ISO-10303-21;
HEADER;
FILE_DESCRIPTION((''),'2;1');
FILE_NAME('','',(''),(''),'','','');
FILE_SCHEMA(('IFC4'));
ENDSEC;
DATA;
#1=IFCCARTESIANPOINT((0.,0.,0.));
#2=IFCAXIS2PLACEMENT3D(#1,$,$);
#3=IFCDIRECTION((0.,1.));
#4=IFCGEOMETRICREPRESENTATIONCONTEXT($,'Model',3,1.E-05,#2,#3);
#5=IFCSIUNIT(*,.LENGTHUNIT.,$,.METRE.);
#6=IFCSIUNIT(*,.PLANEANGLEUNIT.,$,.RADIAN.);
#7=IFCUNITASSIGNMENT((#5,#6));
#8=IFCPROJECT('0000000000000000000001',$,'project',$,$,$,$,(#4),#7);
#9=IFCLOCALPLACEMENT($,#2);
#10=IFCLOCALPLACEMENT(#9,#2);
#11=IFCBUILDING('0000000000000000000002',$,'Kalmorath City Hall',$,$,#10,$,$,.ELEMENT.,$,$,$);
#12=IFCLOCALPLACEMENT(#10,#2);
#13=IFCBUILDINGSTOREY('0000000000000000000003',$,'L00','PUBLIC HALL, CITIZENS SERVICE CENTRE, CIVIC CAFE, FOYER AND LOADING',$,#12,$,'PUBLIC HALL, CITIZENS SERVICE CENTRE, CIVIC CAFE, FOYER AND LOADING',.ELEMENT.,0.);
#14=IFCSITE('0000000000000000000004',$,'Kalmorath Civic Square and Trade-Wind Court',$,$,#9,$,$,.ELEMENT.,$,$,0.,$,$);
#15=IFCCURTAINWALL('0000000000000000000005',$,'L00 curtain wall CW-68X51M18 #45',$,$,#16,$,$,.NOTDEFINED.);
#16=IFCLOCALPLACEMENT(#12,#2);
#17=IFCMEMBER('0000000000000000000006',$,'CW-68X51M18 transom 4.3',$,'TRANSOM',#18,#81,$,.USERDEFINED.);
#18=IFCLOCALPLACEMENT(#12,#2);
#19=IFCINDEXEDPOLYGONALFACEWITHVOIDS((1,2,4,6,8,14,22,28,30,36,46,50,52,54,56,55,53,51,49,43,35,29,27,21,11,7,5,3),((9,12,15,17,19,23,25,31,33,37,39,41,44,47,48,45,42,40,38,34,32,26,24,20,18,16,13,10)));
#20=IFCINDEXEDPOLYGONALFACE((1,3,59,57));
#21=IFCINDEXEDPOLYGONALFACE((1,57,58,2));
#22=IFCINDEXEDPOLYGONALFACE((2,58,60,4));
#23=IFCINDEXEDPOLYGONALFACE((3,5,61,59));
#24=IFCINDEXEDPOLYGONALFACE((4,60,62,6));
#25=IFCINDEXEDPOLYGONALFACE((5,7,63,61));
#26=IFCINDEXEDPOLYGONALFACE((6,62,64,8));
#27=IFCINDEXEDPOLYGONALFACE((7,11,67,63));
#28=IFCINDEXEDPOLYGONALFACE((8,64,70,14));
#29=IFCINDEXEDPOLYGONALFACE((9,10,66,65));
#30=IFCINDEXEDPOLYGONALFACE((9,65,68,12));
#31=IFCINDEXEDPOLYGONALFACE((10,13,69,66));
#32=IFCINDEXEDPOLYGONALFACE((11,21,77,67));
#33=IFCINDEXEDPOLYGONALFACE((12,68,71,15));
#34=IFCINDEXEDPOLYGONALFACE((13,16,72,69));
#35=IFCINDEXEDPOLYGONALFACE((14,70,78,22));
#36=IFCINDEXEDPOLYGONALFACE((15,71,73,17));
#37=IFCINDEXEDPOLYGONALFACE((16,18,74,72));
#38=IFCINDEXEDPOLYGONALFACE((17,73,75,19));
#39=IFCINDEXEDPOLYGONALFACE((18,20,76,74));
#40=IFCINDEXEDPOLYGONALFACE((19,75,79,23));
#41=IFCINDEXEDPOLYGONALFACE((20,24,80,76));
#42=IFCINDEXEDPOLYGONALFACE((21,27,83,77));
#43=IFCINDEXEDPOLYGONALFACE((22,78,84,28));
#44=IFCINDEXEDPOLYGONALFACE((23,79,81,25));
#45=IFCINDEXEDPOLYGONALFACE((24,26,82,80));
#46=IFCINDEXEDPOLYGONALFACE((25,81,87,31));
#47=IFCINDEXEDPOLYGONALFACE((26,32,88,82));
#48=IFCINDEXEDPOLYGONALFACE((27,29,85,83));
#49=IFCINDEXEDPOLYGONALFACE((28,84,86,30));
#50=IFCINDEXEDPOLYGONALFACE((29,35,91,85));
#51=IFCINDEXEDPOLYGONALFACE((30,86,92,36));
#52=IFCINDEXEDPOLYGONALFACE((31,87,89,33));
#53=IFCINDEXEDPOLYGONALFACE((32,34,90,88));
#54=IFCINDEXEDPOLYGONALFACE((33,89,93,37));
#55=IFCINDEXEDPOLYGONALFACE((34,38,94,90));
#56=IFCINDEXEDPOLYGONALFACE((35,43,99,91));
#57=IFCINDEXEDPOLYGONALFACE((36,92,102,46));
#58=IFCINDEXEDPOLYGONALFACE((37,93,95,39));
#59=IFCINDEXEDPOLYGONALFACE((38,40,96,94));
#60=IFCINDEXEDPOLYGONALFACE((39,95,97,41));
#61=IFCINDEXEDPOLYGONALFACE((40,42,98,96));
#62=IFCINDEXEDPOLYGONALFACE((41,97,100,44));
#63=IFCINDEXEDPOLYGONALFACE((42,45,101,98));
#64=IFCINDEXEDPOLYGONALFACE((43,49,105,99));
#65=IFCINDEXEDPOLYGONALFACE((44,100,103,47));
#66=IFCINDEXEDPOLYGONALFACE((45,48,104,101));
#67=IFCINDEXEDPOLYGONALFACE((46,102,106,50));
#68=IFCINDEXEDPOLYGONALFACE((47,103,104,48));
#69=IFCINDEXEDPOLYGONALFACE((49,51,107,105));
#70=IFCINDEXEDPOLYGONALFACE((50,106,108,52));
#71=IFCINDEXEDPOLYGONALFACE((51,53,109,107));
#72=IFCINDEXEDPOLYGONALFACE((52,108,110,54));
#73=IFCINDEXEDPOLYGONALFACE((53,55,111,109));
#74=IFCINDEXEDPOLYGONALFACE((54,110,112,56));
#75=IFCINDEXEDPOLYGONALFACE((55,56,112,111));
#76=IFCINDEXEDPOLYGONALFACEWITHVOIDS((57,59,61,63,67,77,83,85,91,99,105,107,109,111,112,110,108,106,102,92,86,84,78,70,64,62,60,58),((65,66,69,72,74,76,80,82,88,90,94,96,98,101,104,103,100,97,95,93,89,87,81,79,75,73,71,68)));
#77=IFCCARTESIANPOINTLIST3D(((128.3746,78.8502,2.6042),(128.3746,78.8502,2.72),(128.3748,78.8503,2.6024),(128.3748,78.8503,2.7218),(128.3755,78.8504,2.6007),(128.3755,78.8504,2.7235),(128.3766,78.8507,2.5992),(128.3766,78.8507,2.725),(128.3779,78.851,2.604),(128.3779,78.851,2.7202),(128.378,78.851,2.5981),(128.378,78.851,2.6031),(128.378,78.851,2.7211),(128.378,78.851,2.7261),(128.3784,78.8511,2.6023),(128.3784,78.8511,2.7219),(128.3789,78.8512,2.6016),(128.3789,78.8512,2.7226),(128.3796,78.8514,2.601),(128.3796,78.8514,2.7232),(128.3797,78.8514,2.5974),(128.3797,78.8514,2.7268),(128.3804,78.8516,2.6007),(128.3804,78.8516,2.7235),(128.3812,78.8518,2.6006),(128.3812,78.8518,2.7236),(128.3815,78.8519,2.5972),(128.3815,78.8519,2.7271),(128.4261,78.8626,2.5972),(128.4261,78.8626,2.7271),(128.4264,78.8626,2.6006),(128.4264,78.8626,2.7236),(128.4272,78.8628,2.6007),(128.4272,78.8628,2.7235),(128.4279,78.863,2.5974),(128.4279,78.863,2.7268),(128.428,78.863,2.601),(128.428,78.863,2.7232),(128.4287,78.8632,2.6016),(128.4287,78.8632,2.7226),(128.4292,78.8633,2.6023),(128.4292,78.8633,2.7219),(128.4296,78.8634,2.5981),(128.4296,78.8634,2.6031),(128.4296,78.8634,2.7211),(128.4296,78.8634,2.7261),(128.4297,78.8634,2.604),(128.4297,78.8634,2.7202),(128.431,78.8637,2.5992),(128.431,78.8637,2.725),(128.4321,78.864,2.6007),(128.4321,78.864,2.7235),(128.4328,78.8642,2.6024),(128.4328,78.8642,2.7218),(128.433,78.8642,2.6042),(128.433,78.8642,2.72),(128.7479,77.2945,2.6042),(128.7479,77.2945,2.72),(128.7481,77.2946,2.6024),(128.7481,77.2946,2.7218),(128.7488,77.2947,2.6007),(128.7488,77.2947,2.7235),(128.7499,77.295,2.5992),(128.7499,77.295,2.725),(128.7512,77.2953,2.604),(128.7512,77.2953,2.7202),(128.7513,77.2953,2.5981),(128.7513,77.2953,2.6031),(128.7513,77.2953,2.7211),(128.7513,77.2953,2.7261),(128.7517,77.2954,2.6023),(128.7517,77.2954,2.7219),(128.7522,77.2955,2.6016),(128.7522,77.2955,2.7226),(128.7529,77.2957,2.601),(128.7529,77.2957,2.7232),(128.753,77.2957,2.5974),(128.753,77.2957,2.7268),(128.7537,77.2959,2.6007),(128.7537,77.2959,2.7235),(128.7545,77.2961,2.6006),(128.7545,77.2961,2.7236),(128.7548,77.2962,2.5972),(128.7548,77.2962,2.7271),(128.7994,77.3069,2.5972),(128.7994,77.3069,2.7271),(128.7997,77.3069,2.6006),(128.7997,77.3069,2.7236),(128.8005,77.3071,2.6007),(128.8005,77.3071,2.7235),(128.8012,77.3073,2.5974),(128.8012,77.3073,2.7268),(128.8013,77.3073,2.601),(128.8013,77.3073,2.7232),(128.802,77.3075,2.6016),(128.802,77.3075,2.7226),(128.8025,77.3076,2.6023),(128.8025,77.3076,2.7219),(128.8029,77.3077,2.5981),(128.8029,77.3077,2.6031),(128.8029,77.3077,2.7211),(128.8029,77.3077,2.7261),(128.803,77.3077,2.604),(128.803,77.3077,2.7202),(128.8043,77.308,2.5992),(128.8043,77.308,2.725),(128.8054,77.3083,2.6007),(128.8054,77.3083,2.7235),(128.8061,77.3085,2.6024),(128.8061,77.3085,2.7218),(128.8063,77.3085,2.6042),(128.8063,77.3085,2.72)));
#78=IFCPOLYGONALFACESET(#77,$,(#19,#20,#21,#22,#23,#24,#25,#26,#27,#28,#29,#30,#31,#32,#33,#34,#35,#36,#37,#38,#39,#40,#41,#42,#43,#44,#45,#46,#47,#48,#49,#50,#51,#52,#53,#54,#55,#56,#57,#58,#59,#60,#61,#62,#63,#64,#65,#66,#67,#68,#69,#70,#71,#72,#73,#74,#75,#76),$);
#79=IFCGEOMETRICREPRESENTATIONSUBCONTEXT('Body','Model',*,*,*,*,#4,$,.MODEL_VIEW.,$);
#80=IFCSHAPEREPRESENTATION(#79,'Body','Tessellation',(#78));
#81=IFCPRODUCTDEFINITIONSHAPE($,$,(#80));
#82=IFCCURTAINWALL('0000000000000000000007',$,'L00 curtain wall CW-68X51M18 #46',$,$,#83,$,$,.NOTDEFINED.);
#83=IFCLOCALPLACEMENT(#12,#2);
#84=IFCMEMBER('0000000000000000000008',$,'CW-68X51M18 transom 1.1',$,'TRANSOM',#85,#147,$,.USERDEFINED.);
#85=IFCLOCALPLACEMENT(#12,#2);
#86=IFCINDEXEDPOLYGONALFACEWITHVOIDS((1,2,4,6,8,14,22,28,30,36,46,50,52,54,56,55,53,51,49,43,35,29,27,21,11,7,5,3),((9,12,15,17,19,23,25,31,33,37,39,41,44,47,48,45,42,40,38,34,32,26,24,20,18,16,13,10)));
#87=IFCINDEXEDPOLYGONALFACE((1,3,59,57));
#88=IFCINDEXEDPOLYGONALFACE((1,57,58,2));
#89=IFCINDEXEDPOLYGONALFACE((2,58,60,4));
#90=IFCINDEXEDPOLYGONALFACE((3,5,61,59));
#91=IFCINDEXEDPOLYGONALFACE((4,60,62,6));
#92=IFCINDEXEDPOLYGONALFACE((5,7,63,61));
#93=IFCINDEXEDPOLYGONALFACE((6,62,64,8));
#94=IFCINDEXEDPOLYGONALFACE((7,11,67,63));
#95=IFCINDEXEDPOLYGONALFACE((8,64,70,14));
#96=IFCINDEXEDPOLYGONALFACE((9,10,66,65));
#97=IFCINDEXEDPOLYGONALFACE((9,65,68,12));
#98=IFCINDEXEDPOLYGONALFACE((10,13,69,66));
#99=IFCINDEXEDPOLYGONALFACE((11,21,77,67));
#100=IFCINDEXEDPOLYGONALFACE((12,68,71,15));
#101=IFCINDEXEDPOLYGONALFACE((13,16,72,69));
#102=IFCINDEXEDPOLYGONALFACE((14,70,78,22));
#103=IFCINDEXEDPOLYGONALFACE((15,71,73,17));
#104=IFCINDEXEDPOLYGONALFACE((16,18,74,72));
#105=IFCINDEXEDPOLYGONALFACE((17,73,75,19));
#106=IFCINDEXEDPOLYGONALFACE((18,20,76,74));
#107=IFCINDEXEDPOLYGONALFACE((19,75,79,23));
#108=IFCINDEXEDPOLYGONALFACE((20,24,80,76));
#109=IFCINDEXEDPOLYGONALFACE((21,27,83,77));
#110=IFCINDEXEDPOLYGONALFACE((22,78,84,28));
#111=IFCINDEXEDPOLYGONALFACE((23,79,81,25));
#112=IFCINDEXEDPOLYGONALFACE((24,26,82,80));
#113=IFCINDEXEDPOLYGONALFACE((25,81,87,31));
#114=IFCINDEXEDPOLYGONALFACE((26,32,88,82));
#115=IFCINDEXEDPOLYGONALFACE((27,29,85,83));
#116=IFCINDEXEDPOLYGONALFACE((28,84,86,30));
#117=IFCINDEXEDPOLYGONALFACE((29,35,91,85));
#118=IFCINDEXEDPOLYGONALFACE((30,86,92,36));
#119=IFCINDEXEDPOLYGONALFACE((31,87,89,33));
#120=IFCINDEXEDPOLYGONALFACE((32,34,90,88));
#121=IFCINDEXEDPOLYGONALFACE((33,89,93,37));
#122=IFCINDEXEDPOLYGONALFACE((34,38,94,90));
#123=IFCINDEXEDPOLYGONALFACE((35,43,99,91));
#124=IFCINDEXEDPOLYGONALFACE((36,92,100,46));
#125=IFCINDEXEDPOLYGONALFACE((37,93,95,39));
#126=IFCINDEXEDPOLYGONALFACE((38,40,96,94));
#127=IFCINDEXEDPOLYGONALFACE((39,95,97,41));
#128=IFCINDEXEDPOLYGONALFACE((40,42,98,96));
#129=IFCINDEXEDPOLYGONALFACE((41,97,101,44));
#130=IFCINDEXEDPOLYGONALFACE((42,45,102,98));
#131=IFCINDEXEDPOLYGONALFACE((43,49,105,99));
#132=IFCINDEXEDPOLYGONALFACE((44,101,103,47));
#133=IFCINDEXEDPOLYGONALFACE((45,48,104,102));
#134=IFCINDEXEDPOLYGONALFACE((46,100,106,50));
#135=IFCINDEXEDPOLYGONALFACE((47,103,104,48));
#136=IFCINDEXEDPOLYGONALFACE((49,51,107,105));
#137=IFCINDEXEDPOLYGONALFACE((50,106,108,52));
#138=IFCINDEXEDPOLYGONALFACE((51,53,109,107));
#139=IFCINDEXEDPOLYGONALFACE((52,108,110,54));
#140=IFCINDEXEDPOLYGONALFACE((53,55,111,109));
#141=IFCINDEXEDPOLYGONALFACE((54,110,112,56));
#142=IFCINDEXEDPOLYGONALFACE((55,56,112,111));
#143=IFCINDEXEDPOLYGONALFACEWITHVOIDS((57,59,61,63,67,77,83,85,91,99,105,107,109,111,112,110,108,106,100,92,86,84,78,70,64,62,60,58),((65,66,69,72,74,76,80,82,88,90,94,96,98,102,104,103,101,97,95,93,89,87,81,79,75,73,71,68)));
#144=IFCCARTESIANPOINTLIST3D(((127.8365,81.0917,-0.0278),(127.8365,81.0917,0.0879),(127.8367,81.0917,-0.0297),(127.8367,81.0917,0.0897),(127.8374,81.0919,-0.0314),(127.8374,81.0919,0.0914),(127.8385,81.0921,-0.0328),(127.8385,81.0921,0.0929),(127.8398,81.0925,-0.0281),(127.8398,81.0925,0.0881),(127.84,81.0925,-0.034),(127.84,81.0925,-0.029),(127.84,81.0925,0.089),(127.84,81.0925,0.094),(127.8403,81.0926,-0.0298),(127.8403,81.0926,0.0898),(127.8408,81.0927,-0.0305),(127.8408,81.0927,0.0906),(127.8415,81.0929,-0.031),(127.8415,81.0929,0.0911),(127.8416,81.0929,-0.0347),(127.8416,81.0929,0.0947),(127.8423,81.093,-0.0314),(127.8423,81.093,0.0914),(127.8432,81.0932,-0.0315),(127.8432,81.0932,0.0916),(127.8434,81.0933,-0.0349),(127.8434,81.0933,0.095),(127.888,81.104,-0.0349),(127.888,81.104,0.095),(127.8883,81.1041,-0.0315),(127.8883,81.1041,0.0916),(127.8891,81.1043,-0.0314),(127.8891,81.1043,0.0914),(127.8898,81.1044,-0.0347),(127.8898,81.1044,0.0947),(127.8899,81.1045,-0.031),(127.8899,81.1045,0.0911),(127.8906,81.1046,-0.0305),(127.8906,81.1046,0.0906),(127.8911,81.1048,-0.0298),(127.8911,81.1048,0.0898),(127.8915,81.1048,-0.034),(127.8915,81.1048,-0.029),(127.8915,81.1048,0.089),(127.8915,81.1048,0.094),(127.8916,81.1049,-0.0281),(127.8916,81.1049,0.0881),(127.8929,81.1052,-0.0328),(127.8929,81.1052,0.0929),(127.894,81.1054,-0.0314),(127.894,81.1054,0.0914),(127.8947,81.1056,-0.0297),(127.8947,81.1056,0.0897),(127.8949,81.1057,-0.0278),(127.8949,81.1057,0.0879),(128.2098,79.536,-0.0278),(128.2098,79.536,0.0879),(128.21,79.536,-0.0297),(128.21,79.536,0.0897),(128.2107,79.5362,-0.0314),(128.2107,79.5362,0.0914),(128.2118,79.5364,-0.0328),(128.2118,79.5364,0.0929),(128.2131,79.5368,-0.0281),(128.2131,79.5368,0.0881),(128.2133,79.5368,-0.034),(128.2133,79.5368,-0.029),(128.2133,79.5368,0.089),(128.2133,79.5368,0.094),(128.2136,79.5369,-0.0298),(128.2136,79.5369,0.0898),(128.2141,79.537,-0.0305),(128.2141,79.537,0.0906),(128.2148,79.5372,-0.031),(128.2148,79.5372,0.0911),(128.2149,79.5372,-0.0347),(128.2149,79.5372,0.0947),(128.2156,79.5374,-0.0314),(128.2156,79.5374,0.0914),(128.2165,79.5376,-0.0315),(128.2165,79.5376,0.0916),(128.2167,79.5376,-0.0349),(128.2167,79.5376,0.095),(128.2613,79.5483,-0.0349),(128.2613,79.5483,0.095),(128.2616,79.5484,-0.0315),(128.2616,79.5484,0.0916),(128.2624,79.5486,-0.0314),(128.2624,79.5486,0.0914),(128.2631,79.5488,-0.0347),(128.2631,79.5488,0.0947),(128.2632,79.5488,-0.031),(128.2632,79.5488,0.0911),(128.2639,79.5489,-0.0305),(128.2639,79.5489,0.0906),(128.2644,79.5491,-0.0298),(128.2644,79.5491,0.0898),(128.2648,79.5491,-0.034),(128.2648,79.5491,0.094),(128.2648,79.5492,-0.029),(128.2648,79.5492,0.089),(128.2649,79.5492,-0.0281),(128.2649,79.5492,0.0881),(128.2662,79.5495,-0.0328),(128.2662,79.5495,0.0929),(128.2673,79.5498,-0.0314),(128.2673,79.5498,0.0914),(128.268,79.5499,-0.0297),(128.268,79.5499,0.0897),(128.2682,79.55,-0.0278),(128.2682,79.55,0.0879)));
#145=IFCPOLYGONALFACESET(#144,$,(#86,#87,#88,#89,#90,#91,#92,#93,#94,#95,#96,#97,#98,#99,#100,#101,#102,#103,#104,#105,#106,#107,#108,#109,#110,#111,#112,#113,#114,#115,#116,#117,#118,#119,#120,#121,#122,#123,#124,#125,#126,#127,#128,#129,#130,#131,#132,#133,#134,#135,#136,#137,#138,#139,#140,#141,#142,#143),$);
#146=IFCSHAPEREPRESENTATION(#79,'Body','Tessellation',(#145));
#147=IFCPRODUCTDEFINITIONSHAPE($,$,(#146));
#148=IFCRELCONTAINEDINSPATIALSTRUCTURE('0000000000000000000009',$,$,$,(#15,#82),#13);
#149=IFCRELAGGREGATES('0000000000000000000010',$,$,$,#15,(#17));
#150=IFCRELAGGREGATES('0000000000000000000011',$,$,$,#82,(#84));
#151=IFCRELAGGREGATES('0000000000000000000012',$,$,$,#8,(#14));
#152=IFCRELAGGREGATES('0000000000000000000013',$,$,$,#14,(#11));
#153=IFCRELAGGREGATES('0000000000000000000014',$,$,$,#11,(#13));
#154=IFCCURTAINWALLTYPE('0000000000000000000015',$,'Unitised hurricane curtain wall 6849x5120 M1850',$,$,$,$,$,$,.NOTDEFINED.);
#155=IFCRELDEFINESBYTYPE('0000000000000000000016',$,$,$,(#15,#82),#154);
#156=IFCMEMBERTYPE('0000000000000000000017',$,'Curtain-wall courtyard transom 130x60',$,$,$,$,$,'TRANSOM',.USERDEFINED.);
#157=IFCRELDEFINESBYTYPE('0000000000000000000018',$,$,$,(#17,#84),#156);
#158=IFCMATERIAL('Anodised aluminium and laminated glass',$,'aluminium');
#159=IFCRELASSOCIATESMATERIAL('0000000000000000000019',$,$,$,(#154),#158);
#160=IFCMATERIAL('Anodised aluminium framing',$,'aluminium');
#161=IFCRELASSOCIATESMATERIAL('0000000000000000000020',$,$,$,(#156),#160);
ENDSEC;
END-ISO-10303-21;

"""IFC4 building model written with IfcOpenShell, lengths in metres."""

from ifc_helpers import new_model, si_unit, direction, frame, origin, origin_2d, place, context, subcontext, project, spatial, hollow_rectangle, extrude, material, material_profile, profile_set, type_object, element, aggregate, save


model = new_model("IFC4")

# Units and contexts
model_context = context("Model", 3, precision=1e-05, world=origin(), true_north=direction((0.0, 1.0)))
body_context = subcontext(model_context, "Body", "Model", "MODEL_VIEW")
ifc_project = project(units=[si_unit("LENGTHUNIT", "METRE"), si_unit("PLANEANGLEUNIT", "RADIAN")], contexts=[model_context])

# Site, building, storey
site_placement = place(None, origin())
site = spatial("IfcSite", under=ifc_project, at=site_placement, Name="Kalmorath Civic Square and Trade-Wind Court", CompositionType="ELEMENT", RefElevation=0.0)
building_placement = place(site_placement, origin())
building = spatial("IfcBuilding", under=site, at=building_placement, Name="Kalmorath City Hall", CompositionType="ELEMENT")
storey_placement = place(building_placement, origin())
storey = spatial("IfcBuildingStorey", under=building, at=storey_placement, Name="L00", Description="PUBLIC HALL, CITIZENS SERVICE CENTRE, CIVIC CAFE, FOYER AND LOADING", LongName="PUBLIC HALL, CITIZENS SERVICE CENTRE, CIVIC CAFE, FOYER AND LOADING", CompositionType="ELEMENT", Elevation=0.0)

# Curtain walls, members
ifc_material_1 = material(Name="Anodised aluminium and laminated glass", Category="aluminium")
curtain_wall_type = type_object("IfcCurtainWallType", Name="Unitised hurricane curtain wall 6849x5120 M1850", PredefinedType="NOTDEFINED", material=ifc_material_1)
curtain_wall_1_placement = place(storey_placement, origin())
curtain_wall_1 = element("IfcCurtainWall", 1, at=curtain_wall_1_placement, inside=storey, type_object=curtain_wall_type, Name="L00 curtain wall CW-68X51M18 #45", PredefinedType="NOTDEFINED")
ifc_material_2 = material(Name="Anodised aluminium framing", Category="aluminium")
ifc_material_profile_1 = material_profile(ifc_material_2, hollow_rectangle(XDim=0.0601, YDim=0.1299, WallThickness=0.0034, InnerFilletRadius=0.0034, OuterFilletRadius=0.0071, at=origin_2d()), Name="ALU-TRN-130X60X3.5")
ifc_profile_set_1 = profile_set([ifc_material_profile_1], Name="Anodised aluminium framing")
member_type_1 = type_object("IfcMemberType", Name="Curtain-wall courtyard transom 130x60", ElementType="TRANSOM", PredefinedType="USERDEFINED", material=ifc_profile_set_1)
member_1_placement = place(storey_placement, frame((128.7771, 77.3015, 2.6621), z_axis=(-0.233333, 0.972397, 0.0), x_axis=(-0.972397, -0.233333, 0.0)))
member_1 = element("IfcMember", 2, at=member_1_placement, type_object=member_type_1, Name="CW-68X51M18 transom 4.3", ObjectType="TRANSOM", PredefinedType="USERDEFINED", context=body_context, shape_type="SweptSolid", body=[
    extrude(hollow_rectangle(XDim=0.0601, YDim=0.1299, WallThickness=0.0034, InnerFilletRadius=0.0034, OuterFilletRadius=0.0071, at=origin_2d()), origin(), (0.0, 0.0, 1.0), 1.5999),
])
curtain_wall_2_placement = place(storey_placement, origin())
curtain_wall_2 = element("IfcCurtainWall", 3, at=curtain_wall_2_placement, inside=storey, type_object=curtain_wall_type, Name="L00 curtain wall CW-68X51M18 #46", PredefinedType="NOTDEFINED")
member_2_placement = place(storey_placement, frame((128.239, 79.543, 0.03), z_axis=(-0.233333, 0.972397, 0.0), x_axis=(-0.972397, -0.233333, 0.0)))
member_2 = element("IfcMember", 4, at=member_2_placement, type_object=member_type_1, Name="CW-68X51M18 transom 1.1", ObjectType="TRANSOM", PredefinedType="USERDEFINED", context=body_context, shape_type="SweptSolid", body=[
    extrude(hollow_rectangle(XDim=0.0601, YDim=0.1299, WallThickness=0.0034, InnerFilletRadius=0.0034, OuterFilletRadius=0.0071, at=origin_2d()), origin(), (0.0, 0.0, 1.0), 1.5999),
])

aggregate(curtain_wall_1, [member_1])
aggregate(curtain_wall_2, [member_2])

save(model, "model.ifc")
